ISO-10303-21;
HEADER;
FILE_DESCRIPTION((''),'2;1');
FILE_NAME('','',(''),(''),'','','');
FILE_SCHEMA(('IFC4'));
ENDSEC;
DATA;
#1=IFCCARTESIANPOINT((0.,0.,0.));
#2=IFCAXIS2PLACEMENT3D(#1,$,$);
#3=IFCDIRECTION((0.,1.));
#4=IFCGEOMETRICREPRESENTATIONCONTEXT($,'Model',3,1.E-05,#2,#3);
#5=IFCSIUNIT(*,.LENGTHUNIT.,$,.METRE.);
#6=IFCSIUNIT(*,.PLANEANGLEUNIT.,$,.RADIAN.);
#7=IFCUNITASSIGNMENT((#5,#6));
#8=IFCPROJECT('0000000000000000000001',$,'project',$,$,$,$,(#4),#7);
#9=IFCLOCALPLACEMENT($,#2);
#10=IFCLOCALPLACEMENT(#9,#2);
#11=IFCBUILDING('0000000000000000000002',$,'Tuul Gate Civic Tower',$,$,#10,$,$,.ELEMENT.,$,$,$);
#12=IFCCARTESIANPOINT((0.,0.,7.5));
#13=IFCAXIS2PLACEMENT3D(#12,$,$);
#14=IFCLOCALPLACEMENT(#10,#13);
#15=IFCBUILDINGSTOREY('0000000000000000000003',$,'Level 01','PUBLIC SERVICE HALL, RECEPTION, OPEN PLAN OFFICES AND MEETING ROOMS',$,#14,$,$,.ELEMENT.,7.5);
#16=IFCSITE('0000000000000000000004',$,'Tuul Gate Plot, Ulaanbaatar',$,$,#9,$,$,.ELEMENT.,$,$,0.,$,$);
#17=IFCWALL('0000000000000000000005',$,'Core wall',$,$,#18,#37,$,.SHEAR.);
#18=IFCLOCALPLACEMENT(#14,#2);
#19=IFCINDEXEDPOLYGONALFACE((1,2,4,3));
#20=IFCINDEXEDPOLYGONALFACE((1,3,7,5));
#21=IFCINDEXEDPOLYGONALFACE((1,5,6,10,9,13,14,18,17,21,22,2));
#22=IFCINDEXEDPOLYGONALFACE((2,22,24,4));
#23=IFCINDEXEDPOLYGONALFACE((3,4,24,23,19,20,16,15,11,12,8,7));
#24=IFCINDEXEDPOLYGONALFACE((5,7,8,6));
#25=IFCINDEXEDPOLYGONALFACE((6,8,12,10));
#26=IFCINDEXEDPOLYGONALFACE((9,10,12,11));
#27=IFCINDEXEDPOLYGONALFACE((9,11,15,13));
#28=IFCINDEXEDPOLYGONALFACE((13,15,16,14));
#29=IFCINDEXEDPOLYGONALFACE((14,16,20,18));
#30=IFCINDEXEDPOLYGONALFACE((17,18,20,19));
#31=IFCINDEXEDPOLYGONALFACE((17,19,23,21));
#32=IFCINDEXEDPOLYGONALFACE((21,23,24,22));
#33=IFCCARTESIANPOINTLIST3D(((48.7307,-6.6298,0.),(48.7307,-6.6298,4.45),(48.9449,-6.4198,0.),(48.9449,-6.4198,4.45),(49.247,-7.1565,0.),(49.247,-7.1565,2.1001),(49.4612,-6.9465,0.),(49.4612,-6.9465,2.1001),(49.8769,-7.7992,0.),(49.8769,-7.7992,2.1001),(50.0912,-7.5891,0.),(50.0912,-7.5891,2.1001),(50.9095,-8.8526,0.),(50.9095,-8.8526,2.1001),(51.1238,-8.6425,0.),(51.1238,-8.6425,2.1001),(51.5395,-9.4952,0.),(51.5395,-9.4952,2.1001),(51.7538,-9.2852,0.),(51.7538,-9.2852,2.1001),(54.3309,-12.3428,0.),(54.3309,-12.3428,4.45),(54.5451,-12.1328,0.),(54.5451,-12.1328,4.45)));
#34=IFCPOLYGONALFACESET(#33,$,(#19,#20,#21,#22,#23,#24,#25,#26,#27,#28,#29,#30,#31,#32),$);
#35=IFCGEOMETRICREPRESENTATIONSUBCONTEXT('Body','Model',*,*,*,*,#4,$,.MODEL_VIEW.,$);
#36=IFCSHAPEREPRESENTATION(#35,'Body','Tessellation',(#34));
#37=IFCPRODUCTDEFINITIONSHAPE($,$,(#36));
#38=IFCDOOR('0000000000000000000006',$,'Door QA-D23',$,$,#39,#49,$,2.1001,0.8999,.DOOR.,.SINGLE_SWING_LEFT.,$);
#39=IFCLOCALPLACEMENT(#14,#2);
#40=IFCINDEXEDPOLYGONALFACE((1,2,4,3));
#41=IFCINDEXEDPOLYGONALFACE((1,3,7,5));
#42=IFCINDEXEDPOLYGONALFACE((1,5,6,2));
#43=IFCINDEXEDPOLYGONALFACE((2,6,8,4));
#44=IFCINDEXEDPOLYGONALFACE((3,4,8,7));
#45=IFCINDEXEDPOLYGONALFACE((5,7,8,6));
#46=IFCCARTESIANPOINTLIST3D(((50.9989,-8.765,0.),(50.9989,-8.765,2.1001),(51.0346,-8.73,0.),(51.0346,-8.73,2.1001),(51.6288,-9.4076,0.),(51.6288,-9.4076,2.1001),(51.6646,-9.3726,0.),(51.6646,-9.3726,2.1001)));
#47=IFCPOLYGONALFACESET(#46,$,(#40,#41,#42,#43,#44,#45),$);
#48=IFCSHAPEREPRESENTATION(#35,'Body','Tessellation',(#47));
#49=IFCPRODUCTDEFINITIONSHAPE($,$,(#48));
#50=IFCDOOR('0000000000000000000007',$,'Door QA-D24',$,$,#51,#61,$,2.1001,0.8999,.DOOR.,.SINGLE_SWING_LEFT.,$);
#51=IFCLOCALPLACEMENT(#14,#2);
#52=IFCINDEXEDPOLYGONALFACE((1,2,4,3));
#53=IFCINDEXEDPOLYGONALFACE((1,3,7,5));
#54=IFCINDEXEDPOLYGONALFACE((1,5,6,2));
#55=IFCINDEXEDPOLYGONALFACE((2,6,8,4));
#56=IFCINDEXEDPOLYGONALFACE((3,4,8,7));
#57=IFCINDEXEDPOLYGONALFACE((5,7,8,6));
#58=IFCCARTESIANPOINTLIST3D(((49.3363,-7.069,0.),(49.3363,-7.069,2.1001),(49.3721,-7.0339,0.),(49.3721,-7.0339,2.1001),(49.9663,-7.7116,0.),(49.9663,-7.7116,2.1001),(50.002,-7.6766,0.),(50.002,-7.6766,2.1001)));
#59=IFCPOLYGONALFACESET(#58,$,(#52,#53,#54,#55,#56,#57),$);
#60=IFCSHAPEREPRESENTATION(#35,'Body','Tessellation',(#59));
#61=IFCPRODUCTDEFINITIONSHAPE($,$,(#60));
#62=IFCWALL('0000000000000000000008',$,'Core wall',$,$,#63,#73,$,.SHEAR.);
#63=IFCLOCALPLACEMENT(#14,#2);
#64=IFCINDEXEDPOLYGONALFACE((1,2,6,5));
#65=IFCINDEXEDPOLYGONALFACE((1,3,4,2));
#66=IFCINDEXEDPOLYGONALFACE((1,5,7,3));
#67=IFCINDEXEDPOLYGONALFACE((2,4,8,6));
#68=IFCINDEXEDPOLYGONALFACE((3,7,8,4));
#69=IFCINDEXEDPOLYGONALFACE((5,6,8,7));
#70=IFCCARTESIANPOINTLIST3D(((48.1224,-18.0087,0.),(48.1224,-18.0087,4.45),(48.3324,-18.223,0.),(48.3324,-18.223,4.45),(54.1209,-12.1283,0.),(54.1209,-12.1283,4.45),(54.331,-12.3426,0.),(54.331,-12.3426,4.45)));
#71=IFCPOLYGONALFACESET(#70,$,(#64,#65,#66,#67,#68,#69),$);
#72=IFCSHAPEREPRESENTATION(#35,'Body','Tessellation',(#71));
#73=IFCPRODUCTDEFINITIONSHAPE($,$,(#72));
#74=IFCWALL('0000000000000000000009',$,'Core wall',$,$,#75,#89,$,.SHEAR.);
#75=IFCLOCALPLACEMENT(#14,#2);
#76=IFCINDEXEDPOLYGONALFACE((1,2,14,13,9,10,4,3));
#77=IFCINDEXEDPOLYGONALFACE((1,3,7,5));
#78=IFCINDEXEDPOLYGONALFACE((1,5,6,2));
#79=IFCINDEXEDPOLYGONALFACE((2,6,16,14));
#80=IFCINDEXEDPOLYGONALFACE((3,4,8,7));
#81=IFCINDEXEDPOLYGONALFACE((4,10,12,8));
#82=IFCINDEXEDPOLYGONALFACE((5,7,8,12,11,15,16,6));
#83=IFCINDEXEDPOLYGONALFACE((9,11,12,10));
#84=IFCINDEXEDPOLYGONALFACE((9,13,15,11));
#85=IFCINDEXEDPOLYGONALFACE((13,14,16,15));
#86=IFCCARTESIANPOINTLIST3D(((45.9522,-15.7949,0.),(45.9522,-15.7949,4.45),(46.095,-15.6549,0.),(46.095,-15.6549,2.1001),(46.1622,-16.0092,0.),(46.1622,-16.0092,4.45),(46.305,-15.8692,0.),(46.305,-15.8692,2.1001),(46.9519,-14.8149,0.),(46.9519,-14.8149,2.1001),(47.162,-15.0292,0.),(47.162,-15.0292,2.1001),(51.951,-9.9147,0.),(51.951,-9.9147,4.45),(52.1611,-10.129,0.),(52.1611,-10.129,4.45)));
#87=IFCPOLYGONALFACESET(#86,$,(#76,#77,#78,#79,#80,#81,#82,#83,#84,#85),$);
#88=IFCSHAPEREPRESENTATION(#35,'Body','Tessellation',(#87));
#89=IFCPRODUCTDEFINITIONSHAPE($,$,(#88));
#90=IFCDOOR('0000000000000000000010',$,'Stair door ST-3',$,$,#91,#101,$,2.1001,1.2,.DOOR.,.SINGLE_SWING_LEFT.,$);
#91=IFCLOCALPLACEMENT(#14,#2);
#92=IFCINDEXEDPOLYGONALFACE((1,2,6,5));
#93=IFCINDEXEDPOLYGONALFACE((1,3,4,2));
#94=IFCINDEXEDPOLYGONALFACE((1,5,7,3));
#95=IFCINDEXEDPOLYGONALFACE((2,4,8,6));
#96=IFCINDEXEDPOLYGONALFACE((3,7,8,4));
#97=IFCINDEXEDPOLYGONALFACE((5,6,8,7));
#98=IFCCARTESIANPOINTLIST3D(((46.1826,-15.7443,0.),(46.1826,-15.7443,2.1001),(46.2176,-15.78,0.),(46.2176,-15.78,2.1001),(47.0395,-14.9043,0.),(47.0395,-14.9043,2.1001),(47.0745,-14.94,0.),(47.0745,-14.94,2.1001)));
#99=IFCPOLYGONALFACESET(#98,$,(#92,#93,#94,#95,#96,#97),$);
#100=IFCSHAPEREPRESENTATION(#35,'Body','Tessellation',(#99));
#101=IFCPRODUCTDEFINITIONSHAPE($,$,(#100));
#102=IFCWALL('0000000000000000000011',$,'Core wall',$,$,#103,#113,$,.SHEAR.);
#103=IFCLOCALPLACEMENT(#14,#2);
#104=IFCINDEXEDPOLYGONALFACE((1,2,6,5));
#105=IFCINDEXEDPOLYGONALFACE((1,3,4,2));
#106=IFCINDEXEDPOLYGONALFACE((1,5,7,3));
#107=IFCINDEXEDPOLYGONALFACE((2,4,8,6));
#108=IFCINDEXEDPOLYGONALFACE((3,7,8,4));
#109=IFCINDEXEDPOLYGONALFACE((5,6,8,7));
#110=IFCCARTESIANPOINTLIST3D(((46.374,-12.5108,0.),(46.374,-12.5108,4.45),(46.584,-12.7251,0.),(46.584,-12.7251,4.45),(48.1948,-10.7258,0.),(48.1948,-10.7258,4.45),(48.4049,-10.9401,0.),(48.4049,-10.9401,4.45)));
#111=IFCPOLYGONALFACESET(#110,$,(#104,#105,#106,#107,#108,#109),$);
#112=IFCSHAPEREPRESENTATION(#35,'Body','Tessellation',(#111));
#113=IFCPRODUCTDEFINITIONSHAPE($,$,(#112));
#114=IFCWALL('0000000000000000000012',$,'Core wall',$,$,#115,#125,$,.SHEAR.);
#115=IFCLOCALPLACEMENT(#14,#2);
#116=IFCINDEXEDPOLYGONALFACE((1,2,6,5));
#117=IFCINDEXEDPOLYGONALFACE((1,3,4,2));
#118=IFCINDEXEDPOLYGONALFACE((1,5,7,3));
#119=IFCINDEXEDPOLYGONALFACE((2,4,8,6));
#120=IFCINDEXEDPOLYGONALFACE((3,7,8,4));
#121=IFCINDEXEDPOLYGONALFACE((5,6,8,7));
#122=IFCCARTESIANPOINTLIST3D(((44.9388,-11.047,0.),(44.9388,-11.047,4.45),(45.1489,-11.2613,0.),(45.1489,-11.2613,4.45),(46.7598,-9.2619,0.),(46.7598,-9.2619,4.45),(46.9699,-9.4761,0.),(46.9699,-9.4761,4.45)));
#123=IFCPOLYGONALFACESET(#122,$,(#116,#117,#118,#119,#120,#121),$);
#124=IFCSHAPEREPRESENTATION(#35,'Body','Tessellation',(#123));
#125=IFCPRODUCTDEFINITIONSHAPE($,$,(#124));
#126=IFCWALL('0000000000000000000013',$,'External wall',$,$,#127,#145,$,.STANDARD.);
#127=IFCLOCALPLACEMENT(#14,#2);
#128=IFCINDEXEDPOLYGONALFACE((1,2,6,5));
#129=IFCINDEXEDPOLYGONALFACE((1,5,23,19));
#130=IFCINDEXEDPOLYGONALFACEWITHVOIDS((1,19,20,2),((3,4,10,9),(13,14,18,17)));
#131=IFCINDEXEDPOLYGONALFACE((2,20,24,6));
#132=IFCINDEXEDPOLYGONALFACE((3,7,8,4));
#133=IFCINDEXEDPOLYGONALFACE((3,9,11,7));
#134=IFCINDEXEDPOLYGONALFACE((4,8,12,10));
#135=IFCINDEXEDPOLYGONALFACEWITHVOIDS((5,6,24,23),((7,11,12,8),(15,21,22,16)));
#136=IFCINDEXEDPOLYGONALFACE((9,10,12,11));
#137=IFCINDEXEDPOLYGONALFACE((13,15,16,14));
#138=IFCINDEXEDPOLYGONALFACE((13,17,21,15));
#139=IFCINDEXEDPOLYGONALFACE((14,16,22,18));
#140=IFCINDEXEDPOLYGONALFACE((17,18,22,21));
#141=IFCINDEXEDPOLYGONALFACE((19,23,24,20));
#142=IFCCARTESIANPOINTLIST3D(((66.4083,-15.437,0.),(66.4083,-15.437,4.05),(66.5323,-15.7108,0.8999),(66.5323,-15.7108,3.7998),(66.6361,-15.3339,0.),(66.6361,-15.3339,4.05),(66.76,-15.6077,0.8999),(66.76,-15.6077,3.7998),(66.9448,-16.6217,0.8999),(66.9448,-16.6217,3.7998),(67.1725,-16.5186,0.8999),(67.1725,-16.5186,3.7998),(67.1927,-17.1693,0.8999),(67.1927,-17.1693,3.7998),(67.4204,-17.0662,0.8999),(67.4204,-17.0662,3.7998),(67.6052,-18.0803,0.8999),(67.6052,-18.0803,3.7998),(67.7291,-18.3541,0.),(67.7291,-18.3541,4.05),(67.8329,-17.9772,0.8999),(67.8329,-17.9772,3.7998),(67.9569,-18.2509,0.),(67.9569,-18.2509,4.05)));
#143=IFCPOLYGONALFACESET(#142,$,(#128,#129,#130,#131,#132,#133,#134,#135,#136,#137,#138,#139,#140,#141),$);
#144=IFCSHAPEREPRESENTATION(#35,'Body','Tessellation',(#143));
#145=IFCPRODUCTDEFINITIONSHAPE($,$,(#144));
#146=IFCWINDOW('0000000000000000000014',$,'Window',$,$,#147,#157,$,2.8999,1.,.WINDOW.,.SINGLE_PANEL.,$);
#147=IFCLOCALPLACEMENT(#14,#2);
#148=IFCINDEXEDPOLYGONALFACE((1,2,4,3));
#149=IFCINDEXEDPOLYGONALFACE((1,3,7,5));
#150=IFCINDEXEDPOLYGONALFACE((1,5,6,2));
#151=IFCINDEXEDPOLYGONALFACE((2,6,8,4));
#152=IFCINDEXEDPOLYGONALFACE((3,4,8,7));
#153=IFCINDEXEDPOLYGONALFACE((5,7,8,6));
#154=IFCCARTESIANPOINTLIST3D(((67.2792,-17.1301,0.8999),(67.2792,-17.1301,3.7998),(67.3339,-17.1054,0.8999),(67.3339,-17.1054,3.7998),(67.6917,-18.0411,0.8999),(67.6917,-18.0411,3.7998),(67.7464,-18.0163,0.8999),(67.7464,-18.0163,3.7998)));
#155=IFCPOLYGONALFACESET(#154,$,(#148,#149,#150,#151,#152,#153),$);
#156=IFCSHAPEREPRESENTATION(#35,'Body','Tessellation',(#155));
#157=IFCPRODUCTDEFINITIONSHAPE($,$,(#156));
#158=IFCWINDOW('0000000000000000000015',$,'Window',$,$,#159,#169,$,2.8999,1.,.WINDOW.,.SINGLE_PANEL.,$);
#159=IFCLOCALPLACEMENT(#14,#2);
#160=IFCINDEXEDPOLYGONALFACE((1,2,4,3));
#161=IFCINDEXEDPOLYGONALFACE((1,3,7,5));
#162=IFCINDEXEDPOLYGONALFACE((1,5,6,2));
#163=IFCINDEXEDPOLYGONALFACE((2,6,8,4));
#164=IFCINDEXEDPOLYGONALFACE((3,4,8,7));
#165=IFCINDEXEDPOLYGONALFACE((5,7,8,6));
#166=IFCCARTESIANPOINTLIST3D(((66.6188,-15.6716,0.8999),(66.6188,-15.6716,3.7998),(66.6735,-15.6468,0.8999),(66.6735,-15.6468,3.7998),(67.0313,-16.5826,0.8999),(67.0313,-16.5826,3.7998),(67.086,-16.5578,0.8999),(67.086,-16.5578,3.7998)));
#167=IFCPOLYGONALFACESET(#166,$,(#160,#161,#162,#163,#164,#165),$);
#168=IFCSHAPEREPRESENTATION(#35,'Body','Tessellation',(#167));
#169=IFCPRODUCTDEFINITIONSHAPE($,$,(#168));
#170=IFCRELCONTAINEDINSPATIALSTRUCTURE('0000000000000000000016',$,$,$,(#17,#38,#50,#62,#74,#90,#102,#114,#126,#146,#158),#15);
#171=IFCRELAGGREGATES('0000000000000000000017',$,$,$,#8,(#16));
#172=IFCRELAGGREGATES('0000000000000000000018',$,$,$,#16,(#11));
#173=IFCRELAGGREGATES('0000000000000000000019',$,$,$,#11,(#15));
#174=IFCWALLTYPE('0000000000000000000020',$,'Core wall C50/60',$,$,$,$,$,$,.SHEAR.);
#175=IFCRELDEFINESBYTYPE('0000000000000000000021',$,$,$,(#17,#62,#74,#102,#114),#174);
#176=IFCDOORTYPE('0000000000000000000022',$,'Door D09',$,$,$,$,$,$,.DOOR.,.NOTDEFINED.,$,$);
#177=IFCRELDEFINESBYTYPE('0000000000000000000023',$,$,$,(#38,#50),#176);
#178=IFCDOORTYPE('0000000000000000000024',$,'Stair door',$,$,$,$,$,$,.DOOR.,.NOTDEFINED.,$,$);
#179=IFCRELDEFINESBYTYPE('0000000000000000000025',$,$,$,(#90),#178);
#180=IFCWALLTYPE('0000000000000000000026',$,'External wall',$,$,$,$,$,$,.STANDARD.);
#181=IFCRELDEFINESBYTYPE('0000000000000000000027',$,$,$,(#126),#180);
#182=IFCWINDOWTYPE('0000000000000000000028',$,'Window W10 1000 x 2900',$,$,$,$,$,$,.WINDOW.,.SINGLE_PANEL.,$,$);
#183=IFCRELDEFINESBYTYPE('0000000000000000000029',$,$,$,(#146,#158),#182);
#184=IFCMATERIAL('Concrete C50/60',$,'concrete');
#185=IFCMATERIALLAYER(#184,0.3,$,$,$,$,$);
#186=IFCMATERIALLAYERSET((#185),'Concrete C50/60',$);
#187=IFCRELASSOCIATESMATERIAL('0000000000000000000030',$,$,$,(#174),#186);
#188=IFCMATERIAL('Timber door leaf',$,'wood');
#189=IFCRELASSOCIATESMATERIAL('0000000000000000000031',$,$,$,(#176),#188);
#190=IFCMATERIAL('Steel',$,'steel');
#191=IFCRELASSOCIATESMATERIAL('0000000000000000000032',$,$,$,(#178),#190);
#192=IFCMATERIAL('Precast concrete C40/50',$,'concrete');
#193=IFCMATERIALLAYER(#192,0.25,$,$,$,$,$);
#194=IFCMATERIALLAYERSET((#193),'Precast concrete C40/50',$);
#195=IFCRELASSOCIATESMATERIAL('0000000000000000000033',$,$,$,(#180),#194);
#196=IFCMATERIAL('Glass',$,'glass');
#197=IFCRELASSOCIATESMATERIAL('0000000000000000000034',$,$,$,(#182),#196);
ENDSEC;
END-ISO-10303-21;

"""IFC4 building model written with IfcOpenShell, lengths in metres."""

from ifc_helpers import new_model, si_unit, direction, frame, frame_2d, origin, place, context, subcontext, project, spatial, rectangle, extrude, material, layer, layer_set, type_object, element, fill, save


model = new_model("IFC4")

# Units and contexts
model_context = context("Model", 3, precision=1e-05, world=origin(), true_north=direction((0.0, 1.0)))
body_context = subcontext(model_context, "Body", "Model", "MODEL_VIEW")
ifc_project = project(units=[si_unit("LENGTHUNIT", "METRE"), si_unit("PLANEANGLEUNIT", "RADIAN")], contexts=[model_context])

# Site, building, storey
site_placement = place(None, origin())
site = spatial("IfcSite", under=ifc_project, at=site_placement, Name="Tuul Gate Plot, Ulaanbaatar", CompositionType="ELEMENT", RefElevation=0.0)
building_placement = place(site_placement, origin())
building = spatial("IfcBuilding", under=site, at=building_placement, Name="Tuul Gate Civic Tower", CompositionType="ELEMENT")
storey_placement = place(building_placement, frame((0.0, 0.0, 7.5)))
storey = spatial("IfcBuildingStorey", under=building, at=storey_placement, Name="Level 01", Description="PUBLIC SERVICE HALL, RECEPTION, OPEN PLAN OFFICES AND MEETING ROOMS", CompositionType="ELEMENT", Elevation=7.5)

# Shared definitions
ifc_material_1 = material(Name="Concrete C50/60", Category="concrete")
ifc_layer_1 = layer(ifc_material_1, 0.3)
ifc_layer_set_1 = layer_set([ifc_layer_1], Name="Concrete C50/60")
wall_type_1 = type_object("IfcWallType", Name="Core wall C50/60", PredefinedType="SHEAR", material=ifc_layer_set_1)

# Wall, openings, doors
wall_1_placement = place(storey_placement, frame((54.438, -12.2378, 0.0), z_axis=(0.0, 0.0, 1.0), x_axis=(-0.700022, 0.714121, 0.0)))
wall_1 = element("IfcWall", 1, at=wall_1_placement, inside=storey, type_object=wall_type_1, Name="Core wall", PredefinedType="SHEAR", context=body_context, shape_type="SweptSolid", body=[
    extrude(rectangle(XDim=8.0, YDim=0.3, at=frame_2d((4.0, 0.0))), origin(), (0.0, 0.0, 1.0), 4.45),
])
opening_1_placement = place(wall_1_placement, frame((3.9875, 0.0, 0.0)))
opening_1 = element("IfcOpeningElement", 2, at=opening_1_placement, cuts=wall_1, PredefinedType="OPENING", context=body_context, shape_type="SweptSolid", body=[
    extrude(rectangle(XDim=0.8999, YDim=2.1001, at=frame_2d((0.45, 1.05))), frame((0.0, 0.1602, 0.0), z_axis=(0.0, -1.0, 0.0), x_axis=(1.0, 0.0, 0.0)), (0.0, 0.0, 1.0), 0.3201),
])
opening_2_placement = place(wall_1_placement, frame((6.3625, 0.0, 0.0)))
opening_2 = element("IfcOpeningElement", 3, at=opening_2_placement, cuts=wall_1, PredefinedType="OPENING", context=body_context, shape_type="SweptSolid", body=[
    extrude(rectangle(XDim=0.8999, YDim=2.1001, at=frame_2d((0.45, 1.05))), frame((0.0, 0.1602, 0.0), z_axis=(0.0, -1.0, 0.0), x_axis=(1.0, 0.0, 0.0)), (0.0, 0.0, 1.0), 0.3201),
])
ifc_material_2 = material(Name="Timber door leaf", Category="wood")
door_type_1 = type_object("IfcDoorType", Name="Door D09", OperationType="NOTDEFINED", PredefinedType="DOOR", material=ifc_material_2)
door_1_placement = place(opening_1_placement, origin())
door_1 = element("IfcDoor", 4, at=door_1_placement, inside=storey, type_object=door_type_1, Name="Door QA-D23", OperationType="SINGLE_SWING_LEFT", OverallHeight=2.1001, OverallWidth=0.8999, PredefinedType="DOOR", context=body_context, shape_type="SweptSolid", body=[
    extrude(rectangle(XDim=0.8999, YDim=2.1001, at=frame_2d((0.45, 1.05))), frame((0.0, 0.0249, 0.0), z_axis=(0.0, -1.0, 0.0), x_axis=(1.0, 0.0, 0.0)), (0.0, 0.0, 1.0), 0.05),
])
fill(opening_1, door_1)
door_2_placement = place(opening_2_placement, origin())
door_2 = element("IfcDoor", 5, at=door_2_placement, inside=storey, type_object=door_type_1, Name="Door QA-D24", OperationType="SINGLE_SWING_LEFT", OverallHeight=2.1001, OverallWidth=0.8999, PredefinedType="DOOR", context=body_context, shape_type="SweptSolid", body=[
    extrude(rectangle(XDim=0.8999, YDim=2.1001, at=frame_2d((0.45, 1.05))), frame((0.0, 0.0249, 0.0), z_axis=(0.0, -1.0, 0.0), x_axis=(1.0, 0.0, 0.0)), (0.0, 0.0, 1.0), 0.05),
])
fill(opening_2, door_2)

# Wall
wall_2_placement = place(storey_placement, frame((48.2273, -18.116, 0.0), z_axis=(0.0, 0.0, 1.0), x_axis=(0.714105, 0.700038, 0.0)))
element("IfcWall", 6, at=wall_2_placement, inside=storey, type_object=wall_type_1, Name="Core wall", PredefinedType="SHEAR", context=body_context, shape_type="SweptSolid", body=[
    extrude(rectangle(XDim=8.4001, YDim=0.3, at=frame_2d((4.2002, 0.0))), origin(), (0.0, 0.0, 1.0), 4.45),
])

# Wall, opening, door
wall_3_placement = place(storey_placement, frame((46.0571, -15.9021, 0.0), z_axis=(0.0, 0.0, 1.0), x_axis=(0.714134, 0.700009, 0.0)))
wall_3 = element("IfcWall", 7, at=wall_3_placement, inside=storey, type_object=wall_type_1, Name="Core wall", PredefinedType="SHEAR", context=body_context, shape_type="SweptSolid", body=[
    extrude(rectangle(XDim=8.4001, YDim=0.3, at=frame_2d((4.2002, 0.0))), origin(), (0.0, 0.0, 1.0), 4.45),
])
opening_3_placement = place(wall_3_placement, frame((0.2, 0.0, 0.0)))
opening_3 = element("IfcOpeningElement", 8, at=opening_3_placement, cuts=wall_3, PredefinedType="OPENING", context=body_context, shape_type="SweptSolid", body=[
    extrude(rectangle(XDim=1.2, YDim=2.1001, at=frame_2d((0.6001, 1.05))), frame((0.0, 0.1602, 0.0), z_axis=(0.0, -1.0, 0.0), x_axis=(1.0, 0.0, 0.0)), (0.0, 0.0, 1.0), 0.3201),
])
ifc_material_3 = material(Name="Steel", Category="steel")
door_type_2 = type_object("IfcDoorType", Name="Stair door", OperationType="NOTDEFINED", PredefinedType="DOOR", material=ifc_material_3)
door_3_placement = place(opening_3_placement, origin())
door_3 = element("IfcDoor", 9, at=door_3_placement, inside=storey, type_object=door_type_2, Name="Stair door ST-3", OperationType="SINGLE_SWING_LEFT", OverallHeight=2.1001, OverallWidth=1.2, PredefinedType="DOOR", context=body_context, shape_type="SweptSolid", body=[
    extrude(rectangle(XDim=1.2, YDim=2.1001, at=frame_2d((0.6001, 1.05))), frame((0.0, 0.0249, 0.0), z_axis=(0.0, -1.0, 0.0), x_axis=(1.0, 0.0, 0.0)), (0.0, 0.0, 1.0), 0.05),
])
fill(opening_3, door_3)

# Walls
wall_4_placement = place(storey_placement, frame((46.479, -12.6179, 0.0), z_axis=(0.0, 0.0, 1.0), x_axis=(0.714109, 0.700034, 0.0)))
element("IfcWall", 10, at=wall_4_placement, inside=storey, type_object=wall_type_1, Name="Core wall", PredefinedType="SHEAR", context=body_context, shape_type="SweptSolid", body=[
    extrude(rectangle(XDim=2.5498, YDim=0.3, at=frame_2d((1.2749, 0.0))), origin(), (0.0, 0.0, 1.0), 4.45),
])
wall_5_placement = place(storey_placement, frame((45.0439, -11.1541, 0.0), z_axis=(0.0, 0.0, 1.0), x_axis=(0.714108, 0.700035, 0.0)))
element("IfcWall", 11, at=wall_5_placement, inside=storey, type_object=wall_type_1, Name="Core wall", PredefinedType="SHEAR", context=body_context, shape_type="SweptSolid", body=[
    extrude(rectangle(XDim=2.55, YDim=0.3, at=frame_2d((1.2749, 0.0))), origin(), (0.0, 0.0, 1.0), 4.45),
])

# Wall, openings, windows
ifc_material_4 = material(Name="Precast concrete C40/50", Category="concrete")
ifc_layer_2 = layer(ifc_material_4, 0.25)
ifc_layer_set_2 = layer_set([ifc_layer_2], Name="Precast concrete C40/50")
wall_type_2 = type_object("IfcWallType", Name="External wall", PredefinedType="STANDARD", material=ifc_layer_set_2)
wall_6_placement = place(storey_placement, frame((67.843, -18.3025, 0.0), z_axis=(0.0, 0.0, 1.0), x_axis=(-0.412481, 0.910966, 0.0)))
wall_6 = element("IfcWall", 12, at=wall_6_placement, inside=storey, type_object=wall_type_2, Name="External wall", PredefinedType="STANDARD", context=body_context, shape_type="SweptSolid", body=[
    extrude(rectangle(XDim=3.2021, YDim=0.25, at=frame_2d((1.6011, 0.0))), origin(), (0.0, 0.0, 1.0), 4.05),
])
opening_4_placement = place(wall_6_placement, frame((0.3005, 0.0, 0.8999)))
opening_4 = element("IfcOpeningElement", 13, at=opening_4_placement, cuts=wall_6, PredefinedType="OPENING", context=body_context, shape_type="SweptSolid", body=[
    extrude(rectangle(XDim=1.0, YDim=2.8999, at=frame_2d((0.5, 1.45))), frame((0.0, 0.135, 0.0), z_axis=(0.0, -1.0, 0.0), x_axis=(1.0, 0.0, 0.0)), (0.0, 0.0, 1.0), 0.27),
])
opening_5_placement = place(wall_6_placement, frame((1.9016, 0.0, 0.8999)))
opening_5 = element("IfcOpeningElement", 14, at=opening_5_placement, cuts=wall_6, PredefinedType="OPENING", context=body_context, shape_type="SweptSolid", body=[
    extrude(rectangle(XDim=1.0, YDim=2.8999, at=frame_2d((0.5, 1.45))), frame((0.0, 0.135, 0.0), z_axis=(0.0, -1.0, 0.0), x_axis=(1.0, 0.0, 0.0)), (0.0, 0.0, 1.0), 0.27),
])
ifc_material_5 = material(Name="Glass", Category="glass")
window_type_1 = type_object("IfcWindowType", Name="Window W10 1000 x 2900", PartitioningType="SINGLE_PANEL", PredefinedType="WINDOW", material=ifc_material_5)
window_1_placement = place(opening_4_placement, origin())
window_1 = element("IfcWindow", 15, at=window_1_placement, inside=storey, type_object=window_type_1, Name="Window", OverallHeight=2.8999, OverallWidth=1.0, PartitioningType="SINGLE_PANEL", PredefinedType="WINDOW", context=body_context, shape_type="SweptSolid", body=[
    extrude(rectangle(XDim=1.0, YDim=2.8999, at=frame_2d((0.5, 1.45))), frame((0.0, 0.03, 0.0), z_axis=(0.0, -1.0, 0.0), x_axis=(1.0, 0.0, 0.0)), (0.0, 0.0, 1.0), 0.0601),
])
fill(opening_4, window_1)
window_2_placement = place(opening_5_placement, origin())
window_2 = element("IfcWindow", 16, at=window_2_placement, inside=storey, type_object=window_type_1, Name="Window", OverallHeight=2.8999, OverallWidth=1.0, PartitioningType="SINGLE_PANEL", PredefinedType="WINDOW", context=body_context, shape_type="SweptSolid", body=[
    extrude(rectangle(XDim=1.0, YDim=2.8999, at=frame_2d((0.5, 1.45))), frame((0.0, 0.03, 0.0), z_axis=(0.0, -1.0, 0.0), x_axis=(1.0, 0.0, 0.0)), (0.0, 0.0, 1.0), 0.0601),
])
fill(opening_5, window_2)

save(model, "model.ifc")
